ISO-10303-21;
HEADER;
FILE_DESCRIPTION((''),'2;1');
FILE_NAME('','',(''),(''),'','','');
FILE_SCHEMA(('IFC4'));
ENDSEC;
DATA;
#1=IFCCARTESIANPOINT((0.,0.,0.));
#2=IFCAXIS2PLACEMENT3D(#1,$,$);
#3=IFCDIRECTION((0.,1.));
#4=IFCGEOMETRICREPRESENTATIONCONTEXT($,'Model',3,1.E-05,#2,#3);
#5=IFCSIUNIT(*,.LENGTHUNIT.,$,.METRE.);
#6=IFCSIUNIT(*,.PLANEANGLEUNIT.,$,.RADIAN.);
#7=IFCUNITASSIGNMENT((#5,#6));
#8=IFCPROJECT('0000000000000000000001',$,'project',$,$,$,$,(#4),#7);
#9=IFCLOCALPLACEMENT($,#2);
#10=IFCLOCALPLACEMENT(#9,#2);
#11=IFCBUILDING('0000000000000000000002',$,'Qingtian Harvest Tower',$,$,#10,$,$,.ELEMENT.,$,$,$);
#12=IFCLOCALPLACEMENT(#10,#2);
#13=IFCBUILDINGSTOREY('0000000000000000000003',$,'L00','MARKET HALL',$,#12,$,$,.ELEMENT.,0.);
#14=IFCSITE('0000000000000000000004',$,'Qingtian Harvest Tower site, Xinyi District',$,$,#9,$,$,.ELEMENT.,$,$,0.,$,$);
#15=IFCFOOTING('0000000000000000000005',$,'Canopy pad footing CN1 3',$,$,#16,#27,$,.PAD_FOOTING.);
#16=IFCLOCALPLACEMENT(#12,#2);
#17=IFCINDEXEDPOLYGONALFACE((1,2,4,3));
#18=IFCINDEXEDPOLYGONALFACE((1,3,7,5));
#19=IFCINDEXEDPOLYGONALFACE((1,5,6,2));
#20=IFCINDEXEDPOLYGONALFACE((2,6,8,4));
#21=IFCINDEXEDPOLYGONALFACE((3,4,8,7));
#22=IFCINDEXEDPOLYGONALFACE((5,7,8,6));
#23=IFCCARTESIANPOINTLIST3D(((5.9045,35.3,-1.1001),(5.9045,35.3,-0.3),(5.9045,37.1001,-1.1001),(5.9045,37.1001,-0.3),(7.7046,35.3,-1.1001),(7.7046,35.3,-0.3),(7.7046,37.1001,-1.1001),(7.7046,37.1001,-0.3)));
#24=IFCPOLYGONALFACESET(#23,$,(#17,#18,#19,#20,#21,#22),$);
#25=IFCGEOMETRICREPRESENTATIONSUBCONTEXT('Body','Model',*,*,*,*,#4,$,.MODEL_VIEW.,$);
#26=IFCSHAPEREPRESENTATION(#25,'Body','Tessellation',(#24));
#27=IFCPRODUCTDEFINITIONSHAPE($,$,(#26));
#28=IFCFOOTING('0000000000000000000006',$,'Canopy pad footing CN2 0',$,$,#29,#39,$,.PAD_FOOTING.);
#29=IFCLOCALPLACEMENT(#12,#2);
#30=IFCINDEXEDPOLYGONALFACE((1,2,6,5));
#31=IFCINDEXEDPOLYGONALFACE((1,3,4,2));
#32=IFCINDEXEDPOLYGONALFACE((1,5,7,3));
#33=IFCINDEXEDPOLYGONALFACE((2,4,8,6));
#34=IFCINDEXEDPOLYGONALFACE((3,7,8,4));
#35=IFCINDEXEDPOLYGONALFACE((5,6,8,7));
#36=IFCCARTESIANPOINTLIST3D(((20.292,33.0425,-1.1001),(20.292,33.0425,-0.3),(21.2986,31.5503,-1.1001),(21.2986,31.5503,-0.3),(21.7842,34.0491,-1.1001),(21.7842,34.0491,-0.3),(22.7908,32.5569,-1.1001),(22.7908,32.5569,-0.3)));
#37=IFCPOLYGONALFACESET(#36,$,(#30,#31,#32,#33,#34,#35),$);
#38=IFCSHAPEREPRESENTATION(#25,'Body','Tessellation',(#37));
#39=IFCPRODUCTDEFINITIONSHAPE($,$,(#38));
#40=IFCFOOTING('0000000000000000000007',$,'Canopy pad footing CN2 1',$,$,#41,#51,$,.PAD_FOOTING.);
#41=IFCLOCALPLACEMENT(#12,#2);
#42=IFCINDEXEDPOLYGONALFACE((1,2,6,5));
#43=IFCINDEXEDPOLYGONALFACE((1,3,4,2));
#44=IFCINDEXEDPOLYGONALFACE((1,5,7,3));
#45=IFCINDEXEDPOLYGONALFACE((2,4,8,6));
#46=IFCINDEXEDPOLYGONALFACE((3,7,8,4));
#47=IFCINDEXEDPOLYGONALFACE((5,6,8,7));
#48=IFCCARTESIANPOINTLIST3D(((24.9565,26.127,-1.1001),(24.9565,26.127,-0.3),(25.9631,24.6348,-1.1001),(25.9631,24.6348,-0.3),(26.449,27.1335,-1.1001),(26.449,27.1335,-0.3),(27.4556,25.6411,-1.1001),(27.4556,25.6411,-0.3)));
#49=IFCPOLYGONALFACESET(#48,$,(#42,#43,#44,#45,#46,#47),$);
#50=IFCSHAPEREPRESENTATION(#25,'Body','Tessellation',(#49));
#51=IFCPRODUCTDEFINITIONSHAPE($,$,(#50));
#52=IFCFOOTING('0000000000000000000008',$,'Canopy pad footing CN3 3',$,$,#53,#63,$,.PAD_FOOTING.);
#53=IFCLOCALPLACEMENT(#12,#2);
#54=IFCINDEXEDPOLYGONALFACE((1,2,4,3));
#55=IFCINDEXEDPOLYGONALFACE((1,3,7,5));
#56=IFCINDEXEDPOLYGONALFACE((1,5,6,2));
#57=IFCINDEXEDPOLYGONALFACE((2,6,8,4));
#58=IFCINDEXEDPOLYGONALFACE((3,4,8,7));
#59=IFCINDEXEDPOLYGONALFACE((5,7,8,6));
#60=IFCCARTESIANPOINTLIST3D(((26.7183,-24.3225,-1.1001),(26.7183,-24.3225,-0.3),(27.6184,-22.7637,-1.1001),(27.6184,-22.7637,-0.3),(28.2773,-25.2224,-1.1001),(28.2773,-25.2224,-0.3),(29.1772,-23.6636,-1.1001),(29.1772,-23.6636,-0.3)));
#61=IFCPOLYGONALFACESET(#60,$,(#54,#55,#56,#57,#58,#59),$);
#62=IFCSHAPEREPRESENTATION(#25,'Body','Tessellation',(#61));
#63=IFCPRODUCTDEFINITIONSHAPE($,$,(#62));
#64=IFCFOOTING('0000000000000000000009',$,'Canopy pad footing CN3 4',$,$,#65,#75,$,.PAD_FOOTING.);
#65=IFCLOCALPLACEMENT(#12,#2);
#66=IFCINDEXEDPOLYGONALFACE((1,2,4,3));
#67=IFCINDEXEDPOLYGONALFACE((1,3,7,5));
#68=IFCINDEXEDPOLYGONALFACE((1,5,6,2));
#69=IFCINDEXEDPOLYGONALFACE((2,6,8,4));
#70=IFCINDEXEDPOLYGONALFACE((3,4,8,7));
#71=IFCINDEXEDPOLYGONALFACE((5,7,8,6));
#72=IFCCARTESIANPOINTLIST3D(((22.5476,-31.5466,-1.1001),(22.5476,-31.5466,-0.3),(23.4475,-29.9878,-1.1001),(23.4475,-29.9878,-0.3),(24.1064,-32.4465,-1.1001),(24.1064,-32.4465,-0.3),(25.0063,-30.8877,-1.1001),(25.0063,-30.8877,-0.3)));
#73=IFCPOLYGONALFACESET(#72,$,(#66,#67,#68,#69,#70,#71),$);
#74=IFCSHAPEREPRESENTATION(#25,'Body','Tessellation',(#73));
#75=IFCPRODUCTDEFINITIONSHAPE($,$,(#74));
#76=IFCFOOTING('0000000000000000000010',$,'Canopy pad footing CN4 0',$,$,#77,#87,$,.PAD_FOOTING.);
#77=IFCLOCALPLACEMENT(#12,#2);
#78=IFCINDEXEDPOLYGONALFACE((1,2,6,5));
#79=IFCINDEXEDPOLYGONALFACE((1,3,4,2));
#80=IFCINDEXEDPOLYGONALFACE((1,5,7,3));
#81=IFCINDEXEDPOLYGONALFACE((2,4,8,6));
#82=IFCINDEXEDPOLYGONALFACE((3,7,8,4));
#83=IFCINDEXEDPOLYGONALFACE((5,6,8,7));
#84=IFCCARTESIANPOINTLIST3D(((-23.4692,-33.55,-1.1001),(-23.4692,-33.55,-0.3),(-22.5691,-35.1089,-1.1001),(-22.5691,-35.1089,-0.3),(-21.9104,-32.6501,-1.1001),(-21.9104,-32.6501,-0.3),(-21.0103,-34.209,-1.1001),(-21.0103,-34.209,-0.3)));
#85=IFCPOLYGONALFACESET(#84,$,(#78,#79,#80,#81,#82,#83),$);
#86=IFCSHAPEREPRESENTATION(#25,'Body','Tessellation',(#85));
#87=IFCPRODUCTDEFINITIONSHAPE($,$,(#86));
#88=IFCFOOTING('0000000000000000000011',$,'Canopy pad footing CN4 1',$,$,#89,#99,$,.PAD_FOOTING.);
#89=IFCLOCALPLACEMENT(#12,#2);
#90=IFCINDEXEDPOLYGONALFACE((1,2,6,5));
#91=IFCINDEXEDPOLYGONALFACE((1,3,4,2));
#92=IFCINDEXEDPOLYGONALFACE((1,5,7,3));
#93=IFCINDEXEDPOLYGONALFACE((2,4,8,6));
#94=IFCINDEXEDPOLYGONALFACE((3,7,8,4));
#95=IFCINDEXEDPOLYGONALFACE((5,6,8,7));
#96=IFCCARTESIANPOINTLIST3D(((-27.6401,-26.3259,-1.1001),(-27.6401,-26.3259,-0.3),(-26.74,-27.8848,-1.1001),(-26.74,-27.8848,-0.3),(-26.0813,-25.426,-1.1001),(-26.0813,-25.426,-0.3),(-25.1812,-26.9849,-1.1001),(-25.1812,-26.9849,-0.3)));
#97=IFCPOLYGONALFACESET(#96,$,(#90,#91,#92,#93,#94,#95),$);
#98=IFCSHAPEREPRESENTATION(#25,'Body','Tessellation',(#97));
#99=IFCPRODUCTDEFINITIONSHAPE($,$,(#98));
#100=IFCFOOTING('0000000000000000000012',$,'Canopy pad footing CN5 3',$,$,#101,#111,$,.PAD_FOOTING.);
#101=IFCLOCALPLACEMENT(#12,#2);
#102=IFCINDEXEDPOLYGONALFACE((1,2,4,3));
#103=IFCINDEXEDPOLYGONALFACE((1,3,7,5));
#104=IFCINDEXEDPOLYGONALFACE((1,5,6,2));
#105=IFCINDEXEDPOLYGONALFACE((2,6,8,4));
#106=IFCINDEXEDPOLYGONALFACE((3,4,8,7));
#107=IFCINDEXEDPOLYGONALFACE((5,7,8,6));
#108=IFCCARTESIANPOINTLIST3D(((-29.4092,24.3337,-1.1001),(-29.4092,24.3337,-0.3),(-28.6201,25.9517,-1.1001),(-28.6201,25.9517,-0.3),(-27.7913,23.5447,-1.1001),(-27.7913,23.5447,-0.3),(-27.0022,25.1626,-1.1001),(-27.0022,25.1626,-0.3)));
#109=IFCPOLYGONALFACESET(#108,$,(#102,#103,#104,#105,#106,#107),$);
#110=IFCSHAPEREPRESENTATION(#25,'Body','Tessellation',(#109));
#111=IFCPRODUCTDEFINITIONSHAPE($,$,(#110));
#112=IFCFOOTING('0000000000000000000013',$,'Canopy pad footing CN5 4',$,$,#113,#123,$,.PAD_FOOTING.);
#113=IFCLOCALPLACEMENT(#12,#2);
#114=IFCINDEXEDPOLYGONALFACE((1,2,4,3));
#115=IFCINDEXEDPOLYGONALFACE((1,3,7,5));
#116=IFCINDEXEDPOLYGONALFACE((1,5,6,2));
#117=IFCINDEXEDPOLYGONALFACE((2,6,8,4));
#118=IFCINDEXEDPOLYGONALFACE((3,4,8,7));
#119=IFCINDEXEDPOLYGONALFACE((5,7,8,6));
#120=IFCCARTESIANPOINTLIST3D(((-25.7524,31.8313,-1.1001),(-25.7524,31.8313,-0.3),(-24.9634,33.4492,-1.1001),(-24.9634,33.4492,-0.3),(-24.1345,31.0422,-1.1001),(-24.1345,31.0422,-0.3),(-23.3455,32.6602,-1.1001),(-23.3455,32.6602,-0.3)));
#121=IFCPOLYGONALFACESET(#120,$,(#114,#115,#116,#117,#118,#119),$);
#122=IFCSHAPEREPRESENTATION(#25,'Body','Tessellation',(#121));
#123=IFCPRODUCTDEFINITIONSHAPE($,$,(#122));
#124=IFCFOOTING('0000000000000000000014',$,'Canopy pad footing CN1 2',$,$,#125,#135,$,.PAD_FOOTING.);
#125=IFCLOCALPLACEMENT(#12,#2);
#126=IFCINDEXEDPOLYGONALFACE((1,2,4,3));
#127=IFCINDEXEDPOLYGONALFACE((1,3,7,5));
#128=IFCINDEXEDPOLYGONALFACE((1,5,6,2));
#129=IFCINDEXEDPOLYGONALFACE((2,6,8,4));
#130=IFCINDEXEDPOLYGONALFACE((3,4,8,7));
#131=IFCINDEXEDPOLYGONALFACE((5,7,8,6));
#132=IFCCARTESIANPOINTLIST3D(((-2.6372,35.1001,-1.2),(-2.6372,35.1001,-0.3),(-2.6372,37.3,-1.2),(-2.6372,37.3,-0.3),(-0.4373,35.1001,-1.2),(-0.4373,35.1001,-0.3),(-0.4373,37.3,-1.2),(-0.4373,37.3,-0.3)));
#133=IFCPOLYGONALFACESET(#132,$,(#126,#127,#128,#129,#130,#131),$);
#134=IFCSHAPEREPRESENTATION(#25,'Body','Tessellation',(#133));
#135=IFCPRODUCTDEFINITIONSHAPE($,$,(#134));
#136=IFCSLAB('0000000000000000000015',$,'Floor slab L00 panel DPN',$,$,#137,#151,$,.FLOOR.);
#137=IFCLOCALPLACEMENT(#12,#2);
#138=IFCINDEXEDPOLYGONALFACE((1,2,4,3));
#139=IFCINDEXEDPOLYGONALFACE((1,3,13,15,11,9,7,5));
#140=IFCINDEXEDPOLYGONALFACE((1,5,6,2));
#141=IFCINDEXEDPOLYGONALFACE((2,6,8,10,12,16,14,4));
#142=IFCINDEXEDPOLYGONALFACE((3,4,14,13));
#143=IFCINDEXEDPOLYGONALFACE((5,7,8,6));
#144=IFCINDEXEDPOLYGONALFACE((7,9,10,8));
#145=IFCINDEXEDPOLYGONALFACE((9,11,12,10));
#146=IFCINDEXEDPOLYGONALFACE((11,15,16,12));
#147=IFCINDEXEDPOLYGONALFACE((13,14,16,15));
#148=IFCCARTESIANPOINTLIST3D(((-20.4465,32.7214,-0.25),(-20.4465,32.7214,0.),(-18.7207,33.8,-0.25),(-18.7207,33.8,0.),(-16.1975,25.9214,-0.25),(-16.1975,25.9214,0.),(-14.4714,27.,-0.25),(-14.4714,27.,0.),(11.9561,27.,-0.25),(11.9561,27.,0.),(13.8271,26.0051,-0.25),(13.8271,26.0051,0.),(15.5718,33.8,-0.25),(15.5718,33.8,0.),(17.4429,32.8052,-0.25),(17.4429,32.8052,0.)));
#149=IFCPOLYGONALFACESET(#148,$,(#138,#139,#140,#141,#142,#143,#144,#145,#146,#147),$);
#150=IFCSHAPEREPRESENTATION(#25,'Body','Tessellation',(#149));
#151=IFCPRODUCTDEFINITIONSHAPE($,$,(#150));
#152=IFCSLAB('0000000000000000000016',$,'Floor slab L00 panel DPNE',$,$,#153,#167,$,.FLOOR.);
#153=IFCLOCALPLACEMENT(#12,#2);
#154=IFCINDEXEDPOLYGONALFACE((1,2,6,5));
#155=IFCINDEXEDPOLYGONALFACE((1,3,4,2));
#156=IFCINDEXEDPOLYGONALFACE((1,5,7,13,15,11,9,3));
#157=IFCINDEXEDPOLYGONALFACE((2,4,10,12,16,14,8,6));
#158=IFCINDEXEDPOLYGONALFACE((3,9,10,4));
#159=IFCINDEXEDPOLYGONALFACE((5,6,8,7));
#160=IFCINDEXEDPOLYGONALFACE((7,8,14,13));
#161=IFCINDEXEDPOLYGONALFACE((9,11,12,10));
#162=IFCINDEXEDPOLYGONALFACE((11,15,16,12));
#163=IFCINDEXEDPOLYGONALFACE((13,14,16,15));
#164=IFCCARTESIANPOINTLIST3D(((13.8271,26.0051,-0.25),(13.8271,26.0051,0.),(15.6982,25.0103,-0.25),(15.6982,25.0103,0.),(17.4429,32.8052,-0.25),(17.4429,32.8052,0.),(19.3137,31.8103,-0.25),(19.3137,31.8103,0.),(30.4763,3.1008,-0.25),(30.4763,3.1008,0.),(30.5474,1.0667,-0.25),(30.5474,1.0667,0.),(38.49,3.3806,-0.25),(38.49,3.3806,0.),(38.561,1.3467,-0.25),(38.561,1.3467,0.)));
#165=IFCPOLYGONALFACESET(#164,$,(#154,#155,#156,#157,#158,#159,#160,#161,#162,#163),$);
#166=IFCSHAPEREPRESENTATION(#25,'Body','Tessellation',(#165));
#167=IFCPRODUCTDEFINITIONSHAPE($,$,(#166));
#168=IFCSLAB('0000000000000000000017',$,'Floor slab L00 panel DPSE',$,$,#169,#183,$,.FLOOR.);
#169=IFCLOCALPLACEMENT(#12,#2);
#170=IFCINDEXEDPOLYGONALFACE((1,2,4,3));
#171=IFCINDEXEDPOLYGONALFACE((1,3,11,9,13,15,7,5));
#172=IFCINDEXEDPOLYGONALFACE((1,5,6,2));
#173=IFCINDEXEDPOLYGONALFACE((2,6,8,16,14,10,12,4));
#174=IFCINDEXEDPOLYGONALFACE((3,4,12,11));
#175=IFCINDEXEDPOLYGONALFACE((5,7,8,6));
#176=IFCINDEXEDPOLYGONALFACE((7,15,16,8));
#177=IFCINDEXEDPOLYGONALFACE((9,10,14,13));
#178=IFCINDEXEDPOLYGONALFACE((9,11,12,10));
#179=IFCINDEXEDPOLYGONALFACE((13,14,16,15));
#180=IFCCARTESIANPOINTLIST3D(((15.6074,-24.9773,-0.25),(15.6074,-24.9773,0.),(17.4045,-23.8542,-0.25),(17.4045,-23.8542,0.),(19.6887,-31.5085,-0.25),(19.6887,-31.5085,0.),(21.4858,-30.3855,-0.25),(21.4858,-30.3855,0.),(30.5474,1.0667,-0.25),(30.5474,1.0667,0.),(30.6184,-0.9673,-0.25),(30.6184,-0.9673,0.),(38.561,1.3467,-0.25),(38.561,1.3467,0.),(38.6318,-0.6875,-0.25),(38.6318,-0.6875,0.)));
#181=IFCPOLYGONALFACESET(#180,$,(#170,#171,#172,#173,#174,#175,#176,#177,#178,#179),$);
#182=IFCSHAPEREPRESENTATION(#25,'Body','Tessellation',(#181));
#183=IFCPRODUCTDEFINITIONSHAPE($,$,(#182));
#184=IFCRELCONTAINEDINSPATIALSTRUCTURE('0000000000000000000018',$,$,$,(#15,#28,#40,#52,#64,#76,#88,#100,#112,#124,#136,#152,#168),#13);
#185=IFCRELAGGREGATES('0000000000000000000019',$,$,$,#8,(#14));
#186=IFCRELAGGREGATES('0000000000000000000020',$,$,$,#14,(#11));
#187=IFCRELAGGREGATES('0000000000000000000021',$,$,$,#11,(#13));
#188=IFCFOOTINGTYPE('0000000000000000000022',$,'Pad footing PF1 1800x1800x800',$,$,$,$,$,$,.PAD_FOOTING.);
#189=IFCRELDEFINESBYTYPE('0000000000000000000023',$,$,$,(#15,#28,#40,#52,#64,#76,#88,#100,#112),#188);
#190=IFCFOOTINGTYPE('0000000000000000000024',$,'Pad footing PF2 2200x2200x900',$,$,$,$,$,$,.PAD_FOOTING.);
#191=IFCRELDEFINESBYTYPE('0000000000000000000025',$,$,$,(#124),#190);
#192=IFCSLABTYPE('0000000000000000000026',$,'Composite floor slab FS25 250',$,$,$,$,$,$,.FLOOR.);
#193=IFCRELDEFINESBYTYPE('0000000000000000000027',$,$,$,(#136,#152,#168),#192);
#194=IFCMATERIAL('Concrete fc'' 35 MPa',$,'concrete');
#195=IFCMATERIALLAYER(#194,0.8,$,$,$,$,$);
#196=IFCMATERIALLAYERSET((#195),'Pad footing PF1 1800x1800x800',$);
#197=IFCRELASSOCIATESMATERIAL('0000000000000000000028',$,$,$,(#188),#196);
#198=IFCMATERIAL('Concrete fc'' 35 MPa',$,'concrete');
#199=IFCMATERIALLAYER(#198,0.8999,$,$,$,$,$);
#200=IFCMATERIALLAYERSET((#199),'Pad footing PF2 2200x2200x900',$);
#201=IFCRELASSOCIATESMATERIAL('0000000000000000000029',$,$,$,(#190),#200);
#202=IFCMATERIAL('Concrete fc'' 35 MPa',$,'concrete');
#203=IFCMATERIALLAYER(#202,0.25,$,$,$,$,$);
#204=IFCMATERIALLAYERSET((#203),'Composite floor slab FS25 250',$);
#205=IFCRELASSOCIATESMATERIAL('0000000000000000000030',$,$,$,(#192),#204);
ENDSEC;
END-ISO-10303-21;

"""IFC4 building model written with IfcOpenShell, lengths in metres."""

from ifc_helpers import new_model, si_unit, direction, frame, origin, place, context, subcontext, project, spatial, polyline, outline, extrude, material, layer, layer_set, type_object, element, save


model = new_model("IFC4")

# Units and contexts
model_context = context("Model", 3, precision=1e-05, world=origin(), true_north=direction((0.0, 1.0)))
body_context = subcontext(model_context, "Body", "Model", "MODEL_VIEW")
ifc_project = project(units=[si_unit("LENGTHUNIT", "METRE"), si_unit("PLANEANGLEUNIT", "RADIAN")], contexts=[model_context])

# Site, building, storey
site_placement = place(None, origin())
site = spatial("IfcSite", under=ifc_project, at=site_placement, Name="Qingtian Harvest Tower site, Xinyi District", CompositionType="ELEMENT", RefElevation=0.0)
building_placement = place(site_placement, origin())
building = spatial("IfcBuilding", under=site, at=building_placement, Name="Qingtian Harvest Tower", CompositionType="ELEMENT")
storey_placement = place(building_placement, origin())
storey = spatial("IfcBuildingStorey", under=building, at=storey_placement, Name="L00", Description="MARKET HALL", CompositionType="ELEMENT", Elevation=0.0)

# Footings
ifc_material_1 = material(Name="Concrete fc' 35 MPa", Category="concrete")
ifc_layer_1 = layer(ifc_material_1, 0.8)
ifc_layer_set_1 = layer_set([ifc_layer_1], Name="Pad footing PF1 1800x1800x800")
footing_type_1 = type_object("IfcFootingType", Name="Pad footing PF1 1800x1800x800", PredefinedType="PAD_FOOTING", material=ifc_layer_set_1)
footing_1_placement = place(storey_placement, frame((0.0, 0.0, -1.1001)))
element("IfcFooting", 1, at=footing_1_placement, inside=storey, type_object=footing_type_1, Name="Canopy pad footing CN1 3", PredefinedType="PAD_FOOTING", context=body_context, shape_type="SweptSolid", body=[
    extrude(outline(polyline([(7.7046, 35.3), (5.9045, 35.3), (5.9045, 37.1001), (7.7046, 37.1001), (7.7046, 35.3)])), origin(), (0.0, 0.0, 1.0), 0.8),
])
footing_2_placement = place(storey_placement, frame((0.0, 0.0, -1.1001)))
element("IfcFooting", 2, at=footing_2_placement, inside=storey, type_object=footing_type_1, Name="Canopy pad footing CN2 0", PredefinedType="PAD_FOOTING", context=body_context, shape_type="SweptSolid", body=[
    extrude(outline(polyline([(21.2986, 31.5503), (20.292, 33.0425), (21.7842, 34.0491), (22.7908, 32.5569), (21.2986, 31.5503)])), origin(), (0.0, 0.0, 1.0), 0.8),
])
footing_3_placement = place(storey_placement, frame((0.0, 0.0, -1.1001)))
element("IfcFooting", 3, at=footing_3_placement, inside=storey, type_object=footing_type_1, Name="Canopy pad footing CN2 1", PredefinedType="PAD_FOOTING", context=body_context, shape_type="SweptSolid", body=[
    extrude(outline(polyline([(25.9631, 24.6348), (24.9565, 26.127), (26.449, 27.1335), (27.4556, 25.6411), (25.9631, 24.6348)])), origin(), (0.0, 0.0, 1.0), 0.8),
])
footing_4_placement = place(storey_placement, frame((0.0, 0.0, -1.1001)))
element("IfcFooting", 4, at=footing_4_placement, inside=storey, type_object=footing_type_1, Name="Canopy pad footing CN3 3", PredefinedType="PAD_FOOTING", context=body_context, shape_type="SweptSolid", body=[
    extrude(outline(polyline([(26.7183, -24.3225), (27.6184, -22.7637), (29.1772, -23.6636), (28.2773, -25.2224), (26.7183, -24.3225)])), origin(), (0.0, 0.0, 1.0), 0.8),
])
footing_5_placement = place(storey_placement, frame((0.0, 0.0, -1.1001)))
element("IfcFooting", 5, at=footing_5_placement, inside=storey, type_object=footing_type_1, Name="Canopy pad footing CN3 4", PredefinedType="PAD_FOOTING", context=body_context, shape_type="SweptSolid", body=[
    extrude(outline(polyline([(22.5476, -31.5466), (23.4475, -29.9878), (25.0063, -30.8877), (24.1064, -32.4465), (22.5476, -31.5466)])), origin(), (0.0, 0.0, 1.0), 0.8),
])
footing_6_placement = place(storey_placement, frame((0.0, 0.0, -1.1001)))
element("IfcFooting", 6, at=footing_6_placement, inside=storey, type_object=footing_type_1, Name="Canopy pad footing CN4 0", PredefinedType="PAD_FOOTING", context=body_context, shape_type="SweptSolid", body=[
    extrude(outline(polyline([(-21.9104, -32.6501), (-21.0103, -34.209), (-22.5691, -35.1089), (-23.4692, -33.55), (-21.9104, -32.6501)])), origin(), (0.0, 0.0, 1.0), 0.8),
])
footing_7_placement = place(storey_placement, frame((0.0, 0.0, -1.1001)))
element("IfcFooting", 7, at=footing_7_placement, inside=storey, type_object=footing_type_1, Name="Canopy pad footing CN4 1", PredefinedType="PAD_FOOTING", context=body_context, shape_type="SweptSolid", body=[
    extrude(outline(polyline([(-26.0813, -25.426), (-25.1812, -26.9849), (-26.74, -27.8848), (-27.6401, -26.3259), (-26.0813, -25.426)])), origin(), (0.0, 0.0, 1.0), 0.8),
])
footing_8_placement = place(storey_placement, frame((0.0, 0.0, -1.1001)))
element("IfcFooting", 8, at=footing_8_placement, inside=storey, type_object=footing_type_1, Name="Canopy pad footing CN5 3", PredefinedType="PAD_FOOTING", context=body_context, shape_type="SweptSolid", body=[
    extrude(outline(polyline([(-27.0022, 25.1626), (-27.7913, 23.5447), (-29.4092, 24.3337), (-28.6201, 25.9517), (-27.0022, 25.1626)])), origin(), (0.0, 0.0, 1.0), 0.8),
])
footing_9_placement = place(storey_placement, frame((0.0, 0.0, -1.1001)))
element("IfcFooting", 9, at=footing_9_placement, inside=storey, type_object=footing_type_1, Name="Canopy pad footing CN5 4", PredefinedType="PAD_FOOTING", context=body_context, shape_type="SweptSolid", body=[
    extrude(outline(polyline([(-23.3455, 32.6602), (-24.1345, 31.0422), (-25.7524, 31.8313), (-24.9634, 33.4492), (-23.3455, 32.6602)])), origin(), (0.0, 0.0, 1.0), 0.8),
])
ifc_material_2 = material(Name="Concrete fc' 35 MPa", Category="concrete")
ifc_layer_2 = layer(ifc_material_2, 0.8999)
ifc_layer_set_2 = layer_set([ifc_layer_2], Name="Pad footing PF2 2200x2200x900")
footing_type_2 = type_object("IfcFootingType", Name="Pad footing PF2 2200x2200x900", PredefinedType="PAD_FOOTING", material=ifc_layer_set_2)
footing_10_placement = place(storey_placement, frame((0.0, 0.0, -1.2)))
element("IfcFooting", 10, at=footing_10_placement, inside=storey, type_object=footing_type_2, Name="Canopy pad footing CN1 2", PredefinedType="PAD_FOOTING", context=body_context, shape_type="SweptSolid", body=[
    extrude(outline(polyline([(-0.4373, 35.1001), (-2.6372, 35.1001), (-2.6372, 37.3), (-0.4373, 37.3), (-0.4373, 35.1001)])), origin(), (0.0, 0.0, 1.0), 0.8999),
])

# Slabs
ifc_material_3 = material(Name="Concrete fc' 35 MPa", Category="concrete")
ifc_layer_3 = layer(ifc_material_3, 0.25)
ifc_layer_set_3 = layer_set([ifc_layer_3], Name="Composite floor slab FS25 250")
slab_type_1 = type_object("IfcSlabType", Name="Composite floor slab FS25 250", PredefinedType="FLOOR", material=ifc_layer_set_3)
slab_1_placement = place(storey_placement, frame((0.0, 0.0, -0.25)))
element("IfcSlab", 11, at=slab_1_placement, inside=storey, type_object=slab_type_1, Name="Floor slab L00 panel DPN", PredefinedType="FLOOR", context=body_context, shape_type="SweptSolid", body=[
    extrude(outline(polyline([(15.5718, 33.8), (17.4429, 32.8052), (13.8271, 26.0051), (11.9561, 27.0), (-14.4714, 27.0), (-16.1975, 25.9214), (-20.4465, 32.7214), (-18.7207, 33.8), (15.5718, 33.8)])), origin(), (0.0, 0.0, 1.0), 0.25),
])
slab_2_placement = place(storey_placement, frame((0.0, 0.0, -0.25)))
element("IfcSlab", 12, at=slab_2_placement, inside=storey, type_object=slab_type_1, Name="Floor slab L00 panel DPNE", PredefinedType="FLOOR", context=body_context, shape_type="SweptSolid", body=[
    extrude(outline(polyline([(30.5474, 1.0667), (30.4763, 3.1008), (15.6982, 25.0103), (13.8271, 26.0051), (17.4429, 32.8052), (19.3137, 31.8103), (38.49, 3.3806), (38.561, 1.3467), (30.5474, 1.0667)])), origin(), (0.0, 0.0, 1.0), 0.25),
])
slab_3_placement = place(storey_placement, frame((0.0, 0.0, -0.25)))
element("IfcSlab", 13, at=slab_3_placement, inside=storey, type_object=slab_type_1, Name="Floor slab L00 panel DPSE", PredefinedType="FLOOR", context=body_context, shape_type="SweptSolid", body=[
    extrude(outline(polyline([(19.6887, -31.5085), (15.6074, -24.9773), (17.4045, -23.8542), (30.6184, -0.9673), (30.5474, 1.0667), (38.561, 1.3467), (38.6318, -0.6875), (21.4858, -30.3855), (19.6887, -31.5085)])), origin(), (0.0, 0.0, 1.0), 0.25),
])

save(model, "model.ifc")
